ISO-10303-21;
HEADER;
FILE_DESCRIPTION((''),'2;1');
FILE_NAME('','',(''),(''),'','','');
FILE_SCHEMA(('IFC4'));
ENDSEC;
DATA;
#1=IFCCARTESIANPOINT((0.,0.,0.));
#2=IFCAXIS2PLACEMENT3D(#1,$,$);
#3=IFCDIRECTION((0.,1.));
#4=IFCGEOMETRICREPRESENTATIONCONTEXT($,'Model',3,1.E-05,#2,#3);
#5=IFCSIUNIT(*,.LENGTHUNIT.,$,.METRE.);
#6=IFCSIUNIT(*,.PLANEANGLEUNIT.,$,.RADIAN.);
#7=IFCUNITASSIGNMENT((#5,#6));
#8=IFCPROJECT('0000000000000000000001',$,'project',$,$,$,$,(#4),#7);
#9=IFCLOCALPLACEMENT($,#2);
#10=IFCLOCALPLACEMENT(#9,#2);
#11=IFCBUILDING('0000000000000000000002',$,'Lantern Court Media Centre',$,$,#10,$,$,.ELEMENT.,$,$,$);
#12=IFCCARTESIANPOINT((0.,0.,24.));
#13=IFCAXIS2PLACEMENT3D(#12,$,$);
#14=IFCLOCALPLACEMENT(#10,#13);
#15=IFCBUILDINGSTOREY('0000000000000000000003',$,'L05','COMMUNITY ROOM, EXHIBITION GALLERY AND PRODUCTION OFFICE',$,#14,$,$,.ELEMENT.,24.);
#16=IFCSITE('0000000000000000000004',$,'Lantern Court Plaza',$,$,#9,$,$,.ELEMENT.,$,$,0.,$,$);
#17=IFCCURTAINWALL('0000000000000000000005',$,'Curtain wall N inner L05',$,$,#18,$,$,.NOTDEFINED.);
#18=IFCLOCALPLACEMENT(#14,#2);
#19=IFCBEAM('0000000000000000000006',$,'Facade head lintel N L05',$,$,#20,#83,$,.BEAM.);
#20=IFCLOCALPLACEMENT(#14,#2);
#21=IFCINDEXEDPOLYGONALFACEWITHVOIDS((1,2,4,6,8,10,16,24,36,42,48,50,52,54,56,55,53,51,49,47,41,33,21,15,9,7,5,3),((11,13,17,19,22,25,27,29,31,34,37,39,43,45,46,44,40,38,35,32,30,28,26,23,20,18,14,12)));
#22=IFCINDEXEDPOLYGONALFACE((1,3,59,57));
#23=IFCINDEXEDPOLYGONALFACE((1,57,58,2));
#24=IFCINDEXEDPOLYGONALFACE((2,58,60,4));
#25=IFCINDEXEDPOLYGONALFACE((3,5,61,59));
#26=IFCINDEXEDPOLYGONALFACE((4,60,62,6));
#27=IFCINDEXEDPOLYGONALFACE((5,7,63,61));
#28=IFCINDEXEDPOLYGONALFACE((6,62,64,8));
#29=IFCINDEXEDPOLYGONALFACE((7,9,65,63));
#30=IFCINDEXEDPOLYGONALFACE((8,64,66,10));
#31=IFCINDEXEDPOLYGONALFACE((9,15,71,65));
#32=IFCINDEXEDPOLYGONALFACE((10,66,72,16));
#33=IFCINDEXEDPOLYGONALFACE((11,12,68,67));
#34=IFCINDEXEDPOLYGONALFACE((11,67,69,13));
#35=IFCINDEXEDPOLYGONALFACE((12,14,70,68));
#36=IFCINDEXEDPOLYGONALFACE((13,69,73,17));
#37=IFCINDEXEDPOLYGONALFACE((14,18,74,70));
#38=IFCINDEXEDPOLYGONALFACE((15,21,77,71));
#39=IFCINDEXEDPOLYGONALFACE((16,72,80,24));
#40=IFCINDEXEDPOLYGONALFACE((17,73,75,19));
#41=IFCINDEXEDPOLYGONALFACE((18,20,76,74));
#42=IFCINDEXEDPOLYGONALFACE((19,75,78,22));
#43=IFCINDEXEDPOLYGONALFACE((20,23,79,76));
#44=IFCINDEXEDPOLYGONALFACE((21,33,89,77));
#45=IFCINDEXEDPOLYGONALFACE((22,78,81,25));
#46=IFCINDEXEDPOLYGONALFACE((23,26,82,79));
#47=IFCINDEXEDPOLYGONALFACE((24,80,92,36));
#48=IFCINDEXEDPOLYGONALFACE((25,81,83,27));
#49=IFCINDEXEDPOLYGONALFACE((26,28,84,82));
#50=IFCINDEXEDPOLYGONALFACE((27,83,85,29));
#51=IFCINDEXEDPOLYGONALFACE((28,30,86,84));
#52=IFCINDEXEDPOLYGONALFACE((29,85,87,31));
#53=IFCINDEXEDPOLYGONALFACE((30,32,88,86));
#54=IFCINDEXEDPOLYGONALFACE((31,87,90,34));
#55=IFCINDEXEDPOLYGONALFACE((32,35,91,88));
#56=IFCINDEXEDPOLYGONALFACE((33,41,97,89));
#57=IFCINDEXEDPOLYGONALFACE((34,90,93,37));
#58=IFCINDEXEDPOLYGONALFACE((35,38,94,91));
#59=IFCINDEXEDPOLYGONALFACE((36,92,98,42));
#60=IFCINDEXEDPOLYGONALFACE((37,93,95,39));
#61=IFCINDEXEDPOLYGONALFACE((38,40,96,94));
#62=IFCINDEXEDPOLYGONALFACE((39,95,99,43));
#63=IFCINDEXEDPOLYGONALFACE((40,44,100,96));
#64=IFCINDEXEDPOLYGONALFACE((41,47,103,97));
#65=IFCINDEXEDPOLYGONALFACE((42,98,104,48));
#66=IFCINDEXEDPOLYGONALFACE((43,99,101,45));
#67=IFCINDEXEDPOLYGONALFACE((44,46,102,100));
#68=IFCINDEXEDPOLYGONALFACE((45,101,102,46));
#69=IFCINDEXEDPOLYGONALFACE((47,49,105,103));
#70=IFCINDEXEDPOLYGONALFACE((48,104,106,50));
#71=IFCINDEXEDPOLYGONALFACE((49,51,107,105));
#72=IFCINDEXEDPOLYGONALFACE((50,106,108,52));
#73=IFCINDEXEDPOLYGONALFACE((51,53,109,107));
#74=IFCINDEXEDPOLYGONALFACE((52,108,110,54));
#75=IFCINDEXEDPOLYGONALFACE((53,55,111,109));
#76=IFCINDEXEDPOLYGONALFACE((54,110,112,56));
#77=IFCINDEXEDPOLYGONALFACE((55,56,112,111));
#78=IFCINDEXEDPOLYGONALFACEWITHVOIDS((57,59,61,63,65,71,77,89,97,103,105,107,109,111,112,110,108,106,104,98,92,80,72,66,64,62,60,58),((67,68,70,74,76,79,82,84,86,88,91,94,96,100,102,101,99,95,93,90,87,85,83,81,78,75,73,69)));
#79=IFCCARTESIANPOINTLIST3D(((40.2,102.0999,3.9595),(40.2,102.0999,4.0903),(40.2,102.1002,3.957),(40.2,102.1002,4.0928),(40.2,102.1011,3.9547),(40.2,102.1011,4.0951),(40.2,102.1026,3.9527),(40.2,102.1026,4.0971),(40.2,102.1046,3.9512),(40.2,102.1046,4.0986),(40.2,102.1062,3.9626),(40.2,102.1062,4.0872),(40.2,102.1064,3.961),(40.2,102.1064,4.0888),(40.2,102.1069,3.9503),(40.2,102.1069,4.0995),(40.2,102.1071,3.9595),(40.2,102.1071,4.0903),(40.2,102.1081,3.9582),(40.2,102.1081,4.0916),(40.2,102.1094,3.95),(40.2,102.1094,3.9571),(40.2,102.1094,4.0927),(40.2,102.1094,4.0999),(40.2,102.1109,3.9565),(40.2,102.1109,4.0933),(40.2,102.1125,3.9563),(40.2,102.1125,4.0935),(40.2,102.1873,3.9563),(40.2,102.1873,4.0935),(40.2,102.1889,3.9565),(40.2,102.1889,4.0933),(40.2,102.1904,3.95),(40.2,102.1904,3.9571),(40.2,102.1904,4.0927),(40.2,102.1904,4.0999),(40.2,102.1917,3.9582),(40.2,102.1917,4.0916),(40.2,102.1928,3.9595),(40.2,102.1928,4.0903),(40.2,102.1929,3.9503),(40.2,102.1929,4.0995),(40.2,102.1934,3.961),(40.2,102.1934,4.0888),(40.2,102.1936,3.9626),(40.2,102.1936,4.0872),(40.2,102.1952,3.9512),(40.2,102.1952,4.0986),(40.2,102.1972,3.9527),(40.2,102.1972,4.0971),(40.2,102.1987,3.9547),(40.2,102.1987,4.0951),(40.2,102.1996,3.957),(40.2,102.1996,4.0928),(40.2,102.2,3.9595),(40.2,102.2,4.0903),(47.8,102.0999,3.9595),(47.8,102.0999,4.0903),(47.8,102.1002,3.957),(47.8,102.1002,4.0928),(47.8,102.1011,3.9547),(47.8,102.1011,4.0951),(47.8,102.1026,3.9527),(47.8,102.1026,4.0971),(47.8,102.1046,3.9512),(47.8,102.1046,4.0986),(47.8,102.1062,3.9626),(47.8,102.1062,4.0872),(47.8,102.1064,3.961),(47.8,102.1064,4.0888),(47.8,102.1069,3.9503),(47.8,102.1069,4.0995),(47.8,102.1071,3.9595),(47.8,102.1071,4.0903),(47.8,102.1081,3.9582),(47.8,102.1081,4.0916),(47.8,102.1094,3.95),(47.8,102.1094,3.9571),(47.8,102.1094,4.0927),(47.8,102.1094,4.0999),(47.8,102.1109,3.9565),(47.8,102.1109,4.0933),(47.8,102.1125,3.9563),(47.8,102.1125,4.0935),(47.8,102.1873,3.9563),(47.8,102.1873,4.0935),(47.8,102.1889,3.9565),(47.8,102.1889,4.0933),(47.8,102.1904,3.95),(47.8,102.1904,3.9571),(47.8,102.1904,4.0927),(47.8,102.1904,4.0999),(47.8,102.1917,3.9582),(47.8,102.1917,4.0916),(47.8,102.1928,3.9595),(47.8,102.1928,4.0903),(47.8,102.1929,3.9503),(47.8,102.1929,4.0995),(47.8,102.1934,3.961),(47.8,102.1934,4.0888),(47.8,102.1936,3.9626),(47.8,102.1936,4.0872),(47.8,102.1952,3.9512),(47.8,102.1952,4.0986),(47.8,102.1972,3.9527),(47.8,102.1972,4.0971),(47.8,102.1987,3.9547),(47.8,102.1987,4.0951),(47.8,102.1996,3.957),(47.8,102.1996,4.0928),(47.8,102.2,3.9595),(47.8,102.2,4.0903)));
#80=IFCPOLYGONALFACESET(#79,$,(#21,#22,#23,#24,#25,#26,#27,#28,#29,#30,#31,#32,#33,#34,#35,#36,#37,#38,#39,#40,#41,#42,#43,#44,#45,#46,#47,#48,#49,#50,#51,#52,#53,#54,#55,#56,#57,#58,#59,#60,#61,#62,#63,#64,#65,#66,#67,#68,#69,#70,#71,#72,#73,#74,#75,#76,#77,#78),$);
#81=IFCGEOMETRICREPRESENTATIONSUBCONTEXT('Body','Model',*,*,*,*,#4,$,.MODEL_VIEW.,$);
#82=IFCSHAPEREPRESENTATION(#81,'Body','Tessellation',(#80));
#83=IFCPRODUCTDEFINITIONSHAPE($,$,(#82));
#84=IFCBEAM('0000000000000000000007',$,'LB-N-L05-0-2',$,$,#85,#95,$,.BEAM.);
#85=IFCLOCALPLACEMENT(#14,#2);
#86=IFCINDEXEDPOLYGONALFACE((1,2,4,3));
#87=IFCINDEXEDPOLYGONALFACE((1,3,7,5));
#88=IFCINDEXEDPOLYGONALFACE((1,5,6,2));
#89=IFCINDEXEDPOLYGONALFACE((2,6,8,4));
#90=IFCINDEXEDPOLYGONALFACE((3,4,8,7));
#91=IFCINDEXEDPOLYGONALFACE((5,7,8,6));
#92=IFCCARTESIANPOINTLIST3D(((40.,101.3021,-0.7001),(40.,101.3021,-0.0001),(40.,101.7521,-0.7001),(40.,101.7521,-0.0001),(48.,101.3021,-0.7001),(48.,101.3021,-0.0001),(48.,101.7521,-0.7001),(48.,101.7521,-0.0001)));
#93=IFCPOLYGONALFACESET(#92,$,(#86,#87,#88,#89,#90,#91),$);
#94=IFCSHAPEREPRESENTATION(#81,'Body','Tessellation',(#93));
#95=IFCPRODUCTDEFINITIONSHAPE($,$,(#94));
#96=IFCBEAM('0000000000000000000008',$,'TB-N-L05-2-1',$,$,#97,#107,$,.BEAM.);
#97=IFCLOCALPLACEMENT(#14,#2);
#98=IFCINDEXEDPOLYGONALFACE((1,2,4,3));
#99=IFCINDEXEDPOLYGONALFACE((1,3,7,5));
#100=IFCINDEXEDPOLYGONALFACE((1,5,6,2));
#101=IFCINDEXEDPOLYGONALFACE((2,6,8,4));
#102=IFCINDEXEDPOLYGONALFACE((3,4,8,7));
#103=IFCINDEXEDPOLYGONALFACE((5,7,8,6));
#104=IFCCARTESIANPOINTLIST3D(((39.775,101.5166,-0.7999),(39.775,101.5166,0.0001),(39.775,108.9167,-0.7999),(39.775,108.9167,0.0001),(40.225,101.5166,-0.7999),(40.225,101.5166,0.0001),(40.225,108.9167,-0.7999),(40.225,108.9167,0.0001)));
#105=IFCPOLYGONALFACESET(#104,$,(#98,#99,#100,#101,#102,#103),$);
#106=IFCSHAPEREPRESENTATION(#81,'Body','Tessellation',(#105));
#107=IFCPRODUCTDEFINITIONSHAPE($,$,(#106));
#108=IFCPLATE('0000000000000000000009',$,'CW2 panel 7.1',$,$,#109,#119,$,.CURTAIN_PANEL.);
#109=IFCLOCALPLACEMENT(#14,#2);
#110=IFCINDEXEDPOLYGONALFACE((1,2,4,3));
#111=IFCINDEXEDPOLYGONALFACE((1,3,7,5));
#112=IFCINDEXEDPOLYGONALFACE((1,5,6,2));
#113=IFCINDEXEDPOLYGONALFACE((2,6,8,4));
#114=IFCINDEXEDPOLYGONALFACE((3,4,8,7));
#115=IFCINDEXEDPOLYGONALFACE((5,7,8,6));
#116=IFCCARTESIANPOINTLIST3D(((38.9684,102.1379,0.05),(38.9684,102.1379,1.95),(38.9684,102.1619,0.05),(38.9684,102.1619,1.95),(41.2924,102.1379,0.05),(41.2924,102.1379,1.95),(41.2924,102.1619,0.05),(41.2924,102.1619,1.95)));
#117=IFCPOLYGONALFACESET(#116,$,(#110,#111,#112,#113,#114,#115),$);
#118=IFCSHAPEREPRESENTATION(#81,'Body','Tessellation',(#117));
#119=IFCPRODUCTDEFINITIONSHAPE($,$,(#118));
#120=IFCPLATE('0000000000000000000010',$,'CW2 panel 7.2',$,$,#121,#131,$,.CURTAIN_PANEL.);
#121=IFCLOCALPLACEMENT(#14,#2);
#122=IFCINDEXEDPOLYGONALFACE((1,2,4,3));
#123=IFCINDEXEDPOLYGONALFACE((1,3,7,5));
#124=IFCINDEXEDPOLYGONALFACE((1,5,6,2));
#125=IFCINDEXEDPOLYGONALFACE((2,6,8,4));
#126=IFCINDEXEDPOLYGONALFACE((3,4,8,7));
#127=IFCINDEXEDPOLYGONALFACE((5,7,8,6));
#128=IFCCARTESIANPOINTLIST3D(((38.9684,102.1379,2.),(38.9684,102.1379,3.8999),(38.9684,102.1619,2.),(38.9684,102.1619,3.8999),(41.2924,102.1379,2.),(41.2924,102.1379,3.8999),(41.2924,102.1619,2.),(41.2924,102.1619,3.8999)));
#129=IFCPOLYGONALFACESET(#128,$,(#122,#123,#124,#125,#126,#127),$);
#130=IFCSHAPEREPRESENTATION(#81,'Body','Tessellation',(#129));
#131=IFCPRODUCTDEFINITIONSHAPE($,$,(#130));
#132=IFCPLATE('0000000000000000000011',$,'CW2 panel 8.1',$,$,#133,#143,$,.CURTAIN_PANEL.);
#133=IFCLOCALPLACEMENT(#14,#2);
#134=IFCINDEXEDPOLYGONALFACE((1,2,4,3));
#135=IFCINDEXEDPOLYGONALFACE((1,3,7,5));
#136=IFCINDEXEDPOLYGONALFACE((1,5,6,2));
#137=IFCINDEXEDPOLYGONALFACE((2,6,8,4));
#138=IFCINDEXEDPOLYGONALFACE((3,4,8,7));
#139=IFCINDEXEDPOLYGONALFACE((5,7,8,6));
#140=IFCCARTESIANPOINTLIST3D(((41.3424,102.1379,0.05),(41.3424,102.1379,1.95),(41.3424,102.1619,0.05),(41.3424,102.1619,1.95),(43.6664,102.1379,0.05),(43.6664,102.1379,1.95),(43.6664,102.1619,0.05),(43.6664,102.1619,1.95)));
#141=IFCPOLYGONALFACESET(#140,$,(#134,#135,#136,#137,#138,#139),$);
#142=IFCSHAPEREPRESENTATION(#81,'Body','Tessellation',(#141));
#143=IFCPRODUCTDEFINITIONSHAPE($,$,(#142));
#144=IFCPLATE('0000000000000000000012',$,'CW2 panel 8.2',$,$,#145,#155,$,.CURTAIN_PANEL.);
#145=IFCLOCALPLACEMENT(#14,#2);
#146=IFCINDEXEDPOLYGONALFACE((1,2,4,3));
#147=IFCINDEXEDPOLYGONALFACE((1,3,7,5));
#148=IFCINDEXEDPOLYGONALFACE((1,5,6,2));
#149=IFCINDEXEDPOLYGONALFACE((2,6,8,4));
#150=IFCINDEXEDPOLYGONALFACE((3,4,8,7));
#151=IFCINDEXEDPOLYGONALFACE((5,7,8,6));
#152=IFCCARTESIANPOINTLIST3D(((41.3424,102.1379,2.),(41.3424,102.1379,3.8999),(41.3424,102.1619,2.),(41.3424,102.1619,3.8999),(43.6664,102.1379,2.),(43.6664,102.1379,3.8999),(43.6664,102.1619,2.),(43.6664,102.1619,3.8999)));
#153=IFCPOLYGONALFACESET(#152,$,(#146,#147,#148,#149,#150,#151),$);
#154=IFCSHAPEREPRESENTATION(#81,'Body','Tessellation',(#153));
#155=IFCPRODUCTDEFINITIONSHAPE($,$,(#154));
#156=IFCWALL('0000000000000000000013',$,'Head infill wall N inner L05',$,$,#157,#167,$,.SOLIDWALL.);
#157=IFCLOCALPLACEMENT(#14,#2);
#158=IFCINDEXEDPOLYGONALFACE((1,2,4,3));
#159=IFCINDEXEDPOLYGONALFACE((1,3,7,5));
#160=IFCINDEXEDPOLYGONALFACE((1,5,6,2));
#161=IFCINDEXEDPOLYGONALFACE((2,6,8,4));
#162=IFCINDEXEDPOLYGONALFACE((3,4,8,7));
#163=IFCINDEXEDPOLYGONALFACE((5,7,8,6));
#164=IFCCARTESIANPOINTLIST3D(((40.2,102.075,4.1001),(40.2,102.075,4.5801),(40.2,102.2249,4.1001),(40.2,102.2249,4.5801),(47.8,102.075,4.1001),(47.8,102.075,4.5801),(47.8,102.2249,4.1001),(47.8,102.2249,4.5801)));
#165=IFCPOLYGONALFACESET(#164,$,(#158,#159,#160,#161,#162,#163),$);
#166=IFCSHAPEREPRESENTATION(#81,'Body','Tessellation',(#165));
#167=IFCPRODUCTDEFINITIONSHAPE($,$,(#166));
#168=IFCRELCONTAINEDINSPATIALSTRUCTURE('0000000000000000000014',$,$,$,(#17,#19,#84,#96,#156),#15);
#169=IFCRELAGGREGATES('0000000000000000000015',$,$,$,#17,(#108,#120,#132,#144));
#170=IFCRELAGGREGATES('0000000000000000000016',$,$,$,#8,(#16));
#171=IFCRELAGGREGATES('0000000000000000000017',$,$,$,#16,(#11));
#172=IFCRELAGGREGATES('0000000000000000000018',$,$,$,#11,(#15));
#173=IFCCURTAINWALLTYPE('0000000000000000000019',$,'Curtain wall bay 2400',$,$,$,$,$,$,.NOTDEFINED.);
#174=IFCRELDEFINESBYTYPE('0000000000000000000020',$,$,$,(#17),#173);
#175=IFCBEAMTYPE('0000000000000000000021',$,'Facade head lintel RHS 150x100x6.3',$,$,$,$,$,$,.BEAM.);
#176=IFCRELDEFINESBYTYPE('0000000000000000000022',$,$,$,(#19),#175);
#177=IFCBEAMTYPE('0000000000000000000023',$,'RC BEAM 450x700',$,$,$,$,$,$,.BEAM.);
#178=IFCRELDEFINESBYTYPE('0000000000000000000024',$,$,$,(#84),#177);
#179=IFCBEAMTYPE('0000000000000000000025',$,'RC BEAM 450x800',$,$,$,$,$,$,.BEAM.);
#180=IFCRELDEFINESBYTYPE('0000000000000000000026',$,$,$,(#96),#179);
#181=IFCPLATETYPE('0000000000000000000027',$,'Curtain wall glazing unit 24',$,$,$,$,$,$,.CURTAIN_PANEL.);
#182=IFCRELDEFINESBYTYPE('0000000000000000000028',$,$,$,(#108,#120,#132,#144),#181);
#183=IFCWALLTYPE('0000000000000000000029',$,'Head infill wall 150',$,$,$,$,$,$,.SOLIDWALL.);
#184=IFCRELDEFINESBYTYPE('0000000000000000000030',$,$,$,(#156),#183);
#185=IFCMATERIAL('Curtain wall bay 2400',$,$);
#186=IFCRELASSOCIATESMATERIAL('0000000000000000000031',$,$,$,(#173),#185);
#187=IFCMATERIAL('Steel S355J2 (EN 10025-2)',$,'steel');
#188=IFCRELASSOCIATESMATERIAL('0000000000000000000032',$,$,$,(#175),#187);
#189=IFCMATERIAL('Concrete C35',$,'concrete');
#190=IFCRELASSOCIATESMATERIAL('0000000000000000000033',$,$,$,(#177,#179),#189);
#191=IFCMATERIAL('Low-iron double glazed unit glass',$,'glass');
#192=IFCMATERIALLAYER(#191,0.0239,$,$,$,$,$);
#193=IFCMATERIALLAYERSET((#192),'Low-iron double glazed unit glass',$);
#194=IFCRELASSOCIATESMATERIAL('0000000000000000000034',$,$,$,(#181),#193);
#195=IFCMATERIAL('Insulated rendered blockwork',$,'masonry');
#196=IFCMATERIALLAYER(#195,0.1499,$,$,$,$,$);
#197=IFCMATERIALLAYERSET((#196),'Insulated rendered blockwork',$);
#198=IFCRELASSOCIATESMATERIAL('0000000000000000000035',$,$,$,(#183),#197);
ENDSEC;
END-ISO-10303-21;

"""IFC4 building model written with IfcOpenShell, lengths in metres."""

from ifc_helpers import new_model, si_unit, direction, frame, frame_2d, origin, origin_2d, place, context, subcontext, project, spatial, rectangle, hollow_rectangle, extrude, material, layer, layer_set, material_profile, profile_set, type_object, element, aggregate, save


model = new_model("IFC4")

# Units and contexts
model_context = context("Model", 3, precision=1e-05, world=origin(), true_north=direction((0.0, 1.0)))
body_context = subcontext(model_context, "Body", "Model", "MODEL_VIEW")
ifc_project = project(units=[si_unit("LENGTHUNIT", "METRE"), si_unit("PLANEANGLEUNIT", "RADIAN")], contexts=[model_context])

# Site, building, storey
site_placement = place(None, origin())
site = spatial("IfcSite", under=ifc_project, at=site_placement, Name="Lantern Court Plaza", CompositionType="ELEMENT", RefElevation=0.0)
building_placement = place(site_placement, origin())
building = spatial("IfcBuilding", under=site, at=building_placement, Name="Lantern Court Media Centre", CompositionType="ELEMENT")
storey_placement = place(building_placement, frame((0.0, 0.0, 24.0)))
storey = spatial("IfcBuildingStorey", under=building, at=storey_placement, Name="L05", Description="COMMUNITY ROOM, EXHIBITION GALLERY AND PRODUCTION OFFICE", CompositionType="ELEMENT", Elevation=24.0)

# Shared definitions
ifc_material_1 = material(Name="Concrete C35", Category="concrete")

# Curtain wall
ifc_material_2 = material(Name="Curtain wall bay 2400")
curtain_wall_type = type_object("IfcCurtainWallType", Name="Curtain wall bay 2400", PredefinedType="NOTDEFINED", material=ifc_material_2)
curtain_wall_placement = place(storey_placement, origin())
curtain_wall = element("IfcCurtainWall", 1, at=curtain_wall_placement, inside=storey, type_object=curtain_wall_type, Name="Curtain wall N inner L05", PredefinedType="NOTDEFINED")

# Beams
ifc_material_3 = material(Name="Steel S355J2 (EN 10025-2)", Category="steel")
ifc_material_profile_1 = material_profile(ifc_material_3, hollow_rectangle(XDim=0.1001, YDim=0.1499, WallThickness=0.0063, InnerFilletRadius=0.0063, OuterFilletRadius=0.0095, at=origin_2d()), Name="Facade head lintel RHS 150x100x6.3")
ifc_profile_set_1 = profile_set([ifc_material_profile_1], Name="Steel S355J2 (EN 10025-2)")
beam_type_1 = type_object("IfcBeamType", Name="Facade head lintel RHS 150x100x6.3", PredefinedType="BEAM", material=ifc_profile_set_1)
beam_1_placement = place(storey_placement, frame((40.2, 102.1499, 4.0249), z_axis=(1.0, 0.0, 0.0), x_axis=(0.0, 1.0, 0.0)))
element("IfcBeam", 2, at=beam_1_placement, inside=storey, type_object=beam_type_1, Name="Facade head lintel N L05", PredefinedType="BEAM", context=body_context, shape_type="SweptSolid", body=[
    extrude(hollow_rectangle(XDim=0.1001, YDim=0.1499, WallThickness=0.0063, InnerFilletRadius=0.0063, OuterFilletRadius=0.0095, at=origin_2d()), origin(), (0.0, 0.0, 1.0), 7.6001),
])
ifc_material_profile_2 = material_profile(ifc_material_1, rectangle(XDim=0.45, YDim=0.7, at=origin_2d()), Name="RC 450x700")
ifc_profile_set_2 = profile_set([ifc_material_profile_2], Name="Concrete C35")
beam_type_2 = type_object("IfcBeamType", Name="RC BEAM 450x700", PredefinedType="BEAM", material=ifc_profile_set_2)
beam_2_placement = place(storey_placement, frame((40.0, 101.5271, -0.3501), z_axis=(1.0, 0.0, 0.0), x_axis=(0.0, 1.0, 0.0)))
element("IfcBeam", 3, at=beam_2_placement, inside=storey, type_object=beam_type_2, Name="LB-N-L05-0-2", PredefinedType="BEAM", context=body_context, shape_type="SweptSolid", body=[
    extrude(rectangle(XDim=0.45, YDim=0.7, at=origin_2d()), origin(), (0.0, 0.0, 1.0), 8.0),
])
ifc_material_profile_3 = material_profile(ifc_material_1, rectangle(XDim=0.45, YDim=0.8, at=origin_2d()), Name="RC 450x800")
ifc_profile_set_3 = profile_set([ifc_material_profile_3], Name="Concrete C35")
beam_type_3 = type_object("IfcBeamType", Name="RC BEAM 450x800", PredefinedType="BEAM", material=ifc_profile_set_3)
beam_3_placement = place(storey_placement, frame((40.0, 101.5166, -0.3999), z_axis=(0.0, 1.0, 0.0), x_axis=(-1.0, 0.0, 0.0)))
element("IfcBeam", 4, at=beam_3_placement, inside=storey, type_object=beam_type_3, Name="TB-N-L05-2-1", PredefinedType="BEAM", context=body_context, shape_type="SweptSolid", body=[
    extrude(rectangle(XDim=0.45, YDim=0.8, at=origin_2d()), origin(), (0.0, 0.0, 1.0), 7.4001),
])

# Plates
ifc_material_4 = material(Name="Low-iron double glazed unit glass", Category="glass")
ifc_layer_1 = layer(ifc_material_4, 0.0239)
ifc_layer_set_1 = layer_set([ifc_layer_1], Name="Low-iron double glazed unit glass")
plate_type = type_object("IfcPlateType", Name="Curtain wall glazing unit 24", PredefinedType="CURTAIN_PANEL", material=ifc_layer_set_1)
plate_1_placement = place(storey_placement, frame((40.1304, 102.1499, 0.05), z_axis=(0.0, 0.0, 1.0), x_axis=(1.0, 0.0, 0.0)))
plate_1 = element("IfcPlate", 5, at=plate_1_placement, type_object=plate_type, Name="CW2 panel 7.1", PredefinedType="CURTAIN_PANEL", context=body_context, shape_type="SweptSolid", body=[
    extrude(rectangle(XDim=2.324, YDim=0.0239, at=origin_2d()), origin(), (0.0, 0.0, 1.0), 1.8999),
])
plate_2_placement = place(storey_placement, frame((40.1304, 102.1499, 2.0), z_axis=(0.0, 0.0, 1.0), x_axis=(1.0, 0.0, 0.0)))
plate_2 = element("IfcPlate", 6, at=plate_2_placement, type_object=plate_type, Name="CW2 panel 7.2", PredefinedType="CURTAIN_PANEL", context=body_context, shape_type="SweptSolid", body=[
    extrude(rectangle(XDim=2.324, YDim=0.0239, at=origin_2d()), origin(), (0.0, 0.0, 1.0), 1.8999),
])
plate_3_placement = place(storey_placement, frame((42.5044, 102.1499, 0.05), z_axis=(0.0, 0.0, 1.0), x_axis=(1.0, 0.0, 0.0)))
plate_3 = element("IfcPlate", 7, at=plate_3_placement, type_object=plate_type, Name="CW2 panel 8.1", PredefinedType="CURTAIN_PANEL", context=body_context, shape_type="SweptSolid", body=[
    extrude(rectangle(XDim=2.324, YDim=0.0239, at=origin_2d()), origin(), (0.0, 0.0, 1.0), 1.8999),
])
plate_4_placement = place(storey_placement, frame((42.5044, 102.1499, 2.0), z_axis=(0.0, 0.0, 1.0), x_axis=(1.0, 0.0, 0.0)))
plate_4 = element("IfcPlate", 8, at=plate_4_placement, type_object=plate_type, Name="CW2 panel 8.2", PredefinedType="CURTAIN_PANEL", context=body_context, shape_type="SweptSolid", body=[
    extrude(rectangle(XDim=2.324, YDim=0.0239, at=origin_2d()), origin(), (0.0, 0.0, 1.0), 1.8999),
])
aggregate(curtain_wall, [plate_1, plate_2, plate_3, plate_4])

# Wall
ifc_material_5 = material(Name="Insulated rendered blockwork", Category="masonry")
ifc_layer_2 = layer(ifc_material_5, 0.1499)
ifc_layer_set_2 = layer_set([ifc_layer_2], Name="Insulated rendered blockwork")
wall_type = type_object("IfcWallType", Name="Head infill wall 150", PredefinedType="SOLIDWALL", material=ifc_layer_set_2)
wall_placement = place(storey_placement, frame((40.2, 102.1499, 4.1001), z_axis=(0.0, 0.0, 1.0), x_axis=(1.0, 0.0, 0.0)))
element("IfcWall", 9, at=wall_placement, inside=storey, type_object=wall_type, Name="Head infill wall N inner L05", PredefinedType="SOLIDWALL", context=body_context, shape_type="SweptSolid", body=[
    extrude(rectangle(XDim=7.6001, YDim=0.1499, at=frame_2d((3.8, 0.0))), origin(), (0.0, 0.0, 1.0), 0.48),
])

save(model, "model.ifc")
